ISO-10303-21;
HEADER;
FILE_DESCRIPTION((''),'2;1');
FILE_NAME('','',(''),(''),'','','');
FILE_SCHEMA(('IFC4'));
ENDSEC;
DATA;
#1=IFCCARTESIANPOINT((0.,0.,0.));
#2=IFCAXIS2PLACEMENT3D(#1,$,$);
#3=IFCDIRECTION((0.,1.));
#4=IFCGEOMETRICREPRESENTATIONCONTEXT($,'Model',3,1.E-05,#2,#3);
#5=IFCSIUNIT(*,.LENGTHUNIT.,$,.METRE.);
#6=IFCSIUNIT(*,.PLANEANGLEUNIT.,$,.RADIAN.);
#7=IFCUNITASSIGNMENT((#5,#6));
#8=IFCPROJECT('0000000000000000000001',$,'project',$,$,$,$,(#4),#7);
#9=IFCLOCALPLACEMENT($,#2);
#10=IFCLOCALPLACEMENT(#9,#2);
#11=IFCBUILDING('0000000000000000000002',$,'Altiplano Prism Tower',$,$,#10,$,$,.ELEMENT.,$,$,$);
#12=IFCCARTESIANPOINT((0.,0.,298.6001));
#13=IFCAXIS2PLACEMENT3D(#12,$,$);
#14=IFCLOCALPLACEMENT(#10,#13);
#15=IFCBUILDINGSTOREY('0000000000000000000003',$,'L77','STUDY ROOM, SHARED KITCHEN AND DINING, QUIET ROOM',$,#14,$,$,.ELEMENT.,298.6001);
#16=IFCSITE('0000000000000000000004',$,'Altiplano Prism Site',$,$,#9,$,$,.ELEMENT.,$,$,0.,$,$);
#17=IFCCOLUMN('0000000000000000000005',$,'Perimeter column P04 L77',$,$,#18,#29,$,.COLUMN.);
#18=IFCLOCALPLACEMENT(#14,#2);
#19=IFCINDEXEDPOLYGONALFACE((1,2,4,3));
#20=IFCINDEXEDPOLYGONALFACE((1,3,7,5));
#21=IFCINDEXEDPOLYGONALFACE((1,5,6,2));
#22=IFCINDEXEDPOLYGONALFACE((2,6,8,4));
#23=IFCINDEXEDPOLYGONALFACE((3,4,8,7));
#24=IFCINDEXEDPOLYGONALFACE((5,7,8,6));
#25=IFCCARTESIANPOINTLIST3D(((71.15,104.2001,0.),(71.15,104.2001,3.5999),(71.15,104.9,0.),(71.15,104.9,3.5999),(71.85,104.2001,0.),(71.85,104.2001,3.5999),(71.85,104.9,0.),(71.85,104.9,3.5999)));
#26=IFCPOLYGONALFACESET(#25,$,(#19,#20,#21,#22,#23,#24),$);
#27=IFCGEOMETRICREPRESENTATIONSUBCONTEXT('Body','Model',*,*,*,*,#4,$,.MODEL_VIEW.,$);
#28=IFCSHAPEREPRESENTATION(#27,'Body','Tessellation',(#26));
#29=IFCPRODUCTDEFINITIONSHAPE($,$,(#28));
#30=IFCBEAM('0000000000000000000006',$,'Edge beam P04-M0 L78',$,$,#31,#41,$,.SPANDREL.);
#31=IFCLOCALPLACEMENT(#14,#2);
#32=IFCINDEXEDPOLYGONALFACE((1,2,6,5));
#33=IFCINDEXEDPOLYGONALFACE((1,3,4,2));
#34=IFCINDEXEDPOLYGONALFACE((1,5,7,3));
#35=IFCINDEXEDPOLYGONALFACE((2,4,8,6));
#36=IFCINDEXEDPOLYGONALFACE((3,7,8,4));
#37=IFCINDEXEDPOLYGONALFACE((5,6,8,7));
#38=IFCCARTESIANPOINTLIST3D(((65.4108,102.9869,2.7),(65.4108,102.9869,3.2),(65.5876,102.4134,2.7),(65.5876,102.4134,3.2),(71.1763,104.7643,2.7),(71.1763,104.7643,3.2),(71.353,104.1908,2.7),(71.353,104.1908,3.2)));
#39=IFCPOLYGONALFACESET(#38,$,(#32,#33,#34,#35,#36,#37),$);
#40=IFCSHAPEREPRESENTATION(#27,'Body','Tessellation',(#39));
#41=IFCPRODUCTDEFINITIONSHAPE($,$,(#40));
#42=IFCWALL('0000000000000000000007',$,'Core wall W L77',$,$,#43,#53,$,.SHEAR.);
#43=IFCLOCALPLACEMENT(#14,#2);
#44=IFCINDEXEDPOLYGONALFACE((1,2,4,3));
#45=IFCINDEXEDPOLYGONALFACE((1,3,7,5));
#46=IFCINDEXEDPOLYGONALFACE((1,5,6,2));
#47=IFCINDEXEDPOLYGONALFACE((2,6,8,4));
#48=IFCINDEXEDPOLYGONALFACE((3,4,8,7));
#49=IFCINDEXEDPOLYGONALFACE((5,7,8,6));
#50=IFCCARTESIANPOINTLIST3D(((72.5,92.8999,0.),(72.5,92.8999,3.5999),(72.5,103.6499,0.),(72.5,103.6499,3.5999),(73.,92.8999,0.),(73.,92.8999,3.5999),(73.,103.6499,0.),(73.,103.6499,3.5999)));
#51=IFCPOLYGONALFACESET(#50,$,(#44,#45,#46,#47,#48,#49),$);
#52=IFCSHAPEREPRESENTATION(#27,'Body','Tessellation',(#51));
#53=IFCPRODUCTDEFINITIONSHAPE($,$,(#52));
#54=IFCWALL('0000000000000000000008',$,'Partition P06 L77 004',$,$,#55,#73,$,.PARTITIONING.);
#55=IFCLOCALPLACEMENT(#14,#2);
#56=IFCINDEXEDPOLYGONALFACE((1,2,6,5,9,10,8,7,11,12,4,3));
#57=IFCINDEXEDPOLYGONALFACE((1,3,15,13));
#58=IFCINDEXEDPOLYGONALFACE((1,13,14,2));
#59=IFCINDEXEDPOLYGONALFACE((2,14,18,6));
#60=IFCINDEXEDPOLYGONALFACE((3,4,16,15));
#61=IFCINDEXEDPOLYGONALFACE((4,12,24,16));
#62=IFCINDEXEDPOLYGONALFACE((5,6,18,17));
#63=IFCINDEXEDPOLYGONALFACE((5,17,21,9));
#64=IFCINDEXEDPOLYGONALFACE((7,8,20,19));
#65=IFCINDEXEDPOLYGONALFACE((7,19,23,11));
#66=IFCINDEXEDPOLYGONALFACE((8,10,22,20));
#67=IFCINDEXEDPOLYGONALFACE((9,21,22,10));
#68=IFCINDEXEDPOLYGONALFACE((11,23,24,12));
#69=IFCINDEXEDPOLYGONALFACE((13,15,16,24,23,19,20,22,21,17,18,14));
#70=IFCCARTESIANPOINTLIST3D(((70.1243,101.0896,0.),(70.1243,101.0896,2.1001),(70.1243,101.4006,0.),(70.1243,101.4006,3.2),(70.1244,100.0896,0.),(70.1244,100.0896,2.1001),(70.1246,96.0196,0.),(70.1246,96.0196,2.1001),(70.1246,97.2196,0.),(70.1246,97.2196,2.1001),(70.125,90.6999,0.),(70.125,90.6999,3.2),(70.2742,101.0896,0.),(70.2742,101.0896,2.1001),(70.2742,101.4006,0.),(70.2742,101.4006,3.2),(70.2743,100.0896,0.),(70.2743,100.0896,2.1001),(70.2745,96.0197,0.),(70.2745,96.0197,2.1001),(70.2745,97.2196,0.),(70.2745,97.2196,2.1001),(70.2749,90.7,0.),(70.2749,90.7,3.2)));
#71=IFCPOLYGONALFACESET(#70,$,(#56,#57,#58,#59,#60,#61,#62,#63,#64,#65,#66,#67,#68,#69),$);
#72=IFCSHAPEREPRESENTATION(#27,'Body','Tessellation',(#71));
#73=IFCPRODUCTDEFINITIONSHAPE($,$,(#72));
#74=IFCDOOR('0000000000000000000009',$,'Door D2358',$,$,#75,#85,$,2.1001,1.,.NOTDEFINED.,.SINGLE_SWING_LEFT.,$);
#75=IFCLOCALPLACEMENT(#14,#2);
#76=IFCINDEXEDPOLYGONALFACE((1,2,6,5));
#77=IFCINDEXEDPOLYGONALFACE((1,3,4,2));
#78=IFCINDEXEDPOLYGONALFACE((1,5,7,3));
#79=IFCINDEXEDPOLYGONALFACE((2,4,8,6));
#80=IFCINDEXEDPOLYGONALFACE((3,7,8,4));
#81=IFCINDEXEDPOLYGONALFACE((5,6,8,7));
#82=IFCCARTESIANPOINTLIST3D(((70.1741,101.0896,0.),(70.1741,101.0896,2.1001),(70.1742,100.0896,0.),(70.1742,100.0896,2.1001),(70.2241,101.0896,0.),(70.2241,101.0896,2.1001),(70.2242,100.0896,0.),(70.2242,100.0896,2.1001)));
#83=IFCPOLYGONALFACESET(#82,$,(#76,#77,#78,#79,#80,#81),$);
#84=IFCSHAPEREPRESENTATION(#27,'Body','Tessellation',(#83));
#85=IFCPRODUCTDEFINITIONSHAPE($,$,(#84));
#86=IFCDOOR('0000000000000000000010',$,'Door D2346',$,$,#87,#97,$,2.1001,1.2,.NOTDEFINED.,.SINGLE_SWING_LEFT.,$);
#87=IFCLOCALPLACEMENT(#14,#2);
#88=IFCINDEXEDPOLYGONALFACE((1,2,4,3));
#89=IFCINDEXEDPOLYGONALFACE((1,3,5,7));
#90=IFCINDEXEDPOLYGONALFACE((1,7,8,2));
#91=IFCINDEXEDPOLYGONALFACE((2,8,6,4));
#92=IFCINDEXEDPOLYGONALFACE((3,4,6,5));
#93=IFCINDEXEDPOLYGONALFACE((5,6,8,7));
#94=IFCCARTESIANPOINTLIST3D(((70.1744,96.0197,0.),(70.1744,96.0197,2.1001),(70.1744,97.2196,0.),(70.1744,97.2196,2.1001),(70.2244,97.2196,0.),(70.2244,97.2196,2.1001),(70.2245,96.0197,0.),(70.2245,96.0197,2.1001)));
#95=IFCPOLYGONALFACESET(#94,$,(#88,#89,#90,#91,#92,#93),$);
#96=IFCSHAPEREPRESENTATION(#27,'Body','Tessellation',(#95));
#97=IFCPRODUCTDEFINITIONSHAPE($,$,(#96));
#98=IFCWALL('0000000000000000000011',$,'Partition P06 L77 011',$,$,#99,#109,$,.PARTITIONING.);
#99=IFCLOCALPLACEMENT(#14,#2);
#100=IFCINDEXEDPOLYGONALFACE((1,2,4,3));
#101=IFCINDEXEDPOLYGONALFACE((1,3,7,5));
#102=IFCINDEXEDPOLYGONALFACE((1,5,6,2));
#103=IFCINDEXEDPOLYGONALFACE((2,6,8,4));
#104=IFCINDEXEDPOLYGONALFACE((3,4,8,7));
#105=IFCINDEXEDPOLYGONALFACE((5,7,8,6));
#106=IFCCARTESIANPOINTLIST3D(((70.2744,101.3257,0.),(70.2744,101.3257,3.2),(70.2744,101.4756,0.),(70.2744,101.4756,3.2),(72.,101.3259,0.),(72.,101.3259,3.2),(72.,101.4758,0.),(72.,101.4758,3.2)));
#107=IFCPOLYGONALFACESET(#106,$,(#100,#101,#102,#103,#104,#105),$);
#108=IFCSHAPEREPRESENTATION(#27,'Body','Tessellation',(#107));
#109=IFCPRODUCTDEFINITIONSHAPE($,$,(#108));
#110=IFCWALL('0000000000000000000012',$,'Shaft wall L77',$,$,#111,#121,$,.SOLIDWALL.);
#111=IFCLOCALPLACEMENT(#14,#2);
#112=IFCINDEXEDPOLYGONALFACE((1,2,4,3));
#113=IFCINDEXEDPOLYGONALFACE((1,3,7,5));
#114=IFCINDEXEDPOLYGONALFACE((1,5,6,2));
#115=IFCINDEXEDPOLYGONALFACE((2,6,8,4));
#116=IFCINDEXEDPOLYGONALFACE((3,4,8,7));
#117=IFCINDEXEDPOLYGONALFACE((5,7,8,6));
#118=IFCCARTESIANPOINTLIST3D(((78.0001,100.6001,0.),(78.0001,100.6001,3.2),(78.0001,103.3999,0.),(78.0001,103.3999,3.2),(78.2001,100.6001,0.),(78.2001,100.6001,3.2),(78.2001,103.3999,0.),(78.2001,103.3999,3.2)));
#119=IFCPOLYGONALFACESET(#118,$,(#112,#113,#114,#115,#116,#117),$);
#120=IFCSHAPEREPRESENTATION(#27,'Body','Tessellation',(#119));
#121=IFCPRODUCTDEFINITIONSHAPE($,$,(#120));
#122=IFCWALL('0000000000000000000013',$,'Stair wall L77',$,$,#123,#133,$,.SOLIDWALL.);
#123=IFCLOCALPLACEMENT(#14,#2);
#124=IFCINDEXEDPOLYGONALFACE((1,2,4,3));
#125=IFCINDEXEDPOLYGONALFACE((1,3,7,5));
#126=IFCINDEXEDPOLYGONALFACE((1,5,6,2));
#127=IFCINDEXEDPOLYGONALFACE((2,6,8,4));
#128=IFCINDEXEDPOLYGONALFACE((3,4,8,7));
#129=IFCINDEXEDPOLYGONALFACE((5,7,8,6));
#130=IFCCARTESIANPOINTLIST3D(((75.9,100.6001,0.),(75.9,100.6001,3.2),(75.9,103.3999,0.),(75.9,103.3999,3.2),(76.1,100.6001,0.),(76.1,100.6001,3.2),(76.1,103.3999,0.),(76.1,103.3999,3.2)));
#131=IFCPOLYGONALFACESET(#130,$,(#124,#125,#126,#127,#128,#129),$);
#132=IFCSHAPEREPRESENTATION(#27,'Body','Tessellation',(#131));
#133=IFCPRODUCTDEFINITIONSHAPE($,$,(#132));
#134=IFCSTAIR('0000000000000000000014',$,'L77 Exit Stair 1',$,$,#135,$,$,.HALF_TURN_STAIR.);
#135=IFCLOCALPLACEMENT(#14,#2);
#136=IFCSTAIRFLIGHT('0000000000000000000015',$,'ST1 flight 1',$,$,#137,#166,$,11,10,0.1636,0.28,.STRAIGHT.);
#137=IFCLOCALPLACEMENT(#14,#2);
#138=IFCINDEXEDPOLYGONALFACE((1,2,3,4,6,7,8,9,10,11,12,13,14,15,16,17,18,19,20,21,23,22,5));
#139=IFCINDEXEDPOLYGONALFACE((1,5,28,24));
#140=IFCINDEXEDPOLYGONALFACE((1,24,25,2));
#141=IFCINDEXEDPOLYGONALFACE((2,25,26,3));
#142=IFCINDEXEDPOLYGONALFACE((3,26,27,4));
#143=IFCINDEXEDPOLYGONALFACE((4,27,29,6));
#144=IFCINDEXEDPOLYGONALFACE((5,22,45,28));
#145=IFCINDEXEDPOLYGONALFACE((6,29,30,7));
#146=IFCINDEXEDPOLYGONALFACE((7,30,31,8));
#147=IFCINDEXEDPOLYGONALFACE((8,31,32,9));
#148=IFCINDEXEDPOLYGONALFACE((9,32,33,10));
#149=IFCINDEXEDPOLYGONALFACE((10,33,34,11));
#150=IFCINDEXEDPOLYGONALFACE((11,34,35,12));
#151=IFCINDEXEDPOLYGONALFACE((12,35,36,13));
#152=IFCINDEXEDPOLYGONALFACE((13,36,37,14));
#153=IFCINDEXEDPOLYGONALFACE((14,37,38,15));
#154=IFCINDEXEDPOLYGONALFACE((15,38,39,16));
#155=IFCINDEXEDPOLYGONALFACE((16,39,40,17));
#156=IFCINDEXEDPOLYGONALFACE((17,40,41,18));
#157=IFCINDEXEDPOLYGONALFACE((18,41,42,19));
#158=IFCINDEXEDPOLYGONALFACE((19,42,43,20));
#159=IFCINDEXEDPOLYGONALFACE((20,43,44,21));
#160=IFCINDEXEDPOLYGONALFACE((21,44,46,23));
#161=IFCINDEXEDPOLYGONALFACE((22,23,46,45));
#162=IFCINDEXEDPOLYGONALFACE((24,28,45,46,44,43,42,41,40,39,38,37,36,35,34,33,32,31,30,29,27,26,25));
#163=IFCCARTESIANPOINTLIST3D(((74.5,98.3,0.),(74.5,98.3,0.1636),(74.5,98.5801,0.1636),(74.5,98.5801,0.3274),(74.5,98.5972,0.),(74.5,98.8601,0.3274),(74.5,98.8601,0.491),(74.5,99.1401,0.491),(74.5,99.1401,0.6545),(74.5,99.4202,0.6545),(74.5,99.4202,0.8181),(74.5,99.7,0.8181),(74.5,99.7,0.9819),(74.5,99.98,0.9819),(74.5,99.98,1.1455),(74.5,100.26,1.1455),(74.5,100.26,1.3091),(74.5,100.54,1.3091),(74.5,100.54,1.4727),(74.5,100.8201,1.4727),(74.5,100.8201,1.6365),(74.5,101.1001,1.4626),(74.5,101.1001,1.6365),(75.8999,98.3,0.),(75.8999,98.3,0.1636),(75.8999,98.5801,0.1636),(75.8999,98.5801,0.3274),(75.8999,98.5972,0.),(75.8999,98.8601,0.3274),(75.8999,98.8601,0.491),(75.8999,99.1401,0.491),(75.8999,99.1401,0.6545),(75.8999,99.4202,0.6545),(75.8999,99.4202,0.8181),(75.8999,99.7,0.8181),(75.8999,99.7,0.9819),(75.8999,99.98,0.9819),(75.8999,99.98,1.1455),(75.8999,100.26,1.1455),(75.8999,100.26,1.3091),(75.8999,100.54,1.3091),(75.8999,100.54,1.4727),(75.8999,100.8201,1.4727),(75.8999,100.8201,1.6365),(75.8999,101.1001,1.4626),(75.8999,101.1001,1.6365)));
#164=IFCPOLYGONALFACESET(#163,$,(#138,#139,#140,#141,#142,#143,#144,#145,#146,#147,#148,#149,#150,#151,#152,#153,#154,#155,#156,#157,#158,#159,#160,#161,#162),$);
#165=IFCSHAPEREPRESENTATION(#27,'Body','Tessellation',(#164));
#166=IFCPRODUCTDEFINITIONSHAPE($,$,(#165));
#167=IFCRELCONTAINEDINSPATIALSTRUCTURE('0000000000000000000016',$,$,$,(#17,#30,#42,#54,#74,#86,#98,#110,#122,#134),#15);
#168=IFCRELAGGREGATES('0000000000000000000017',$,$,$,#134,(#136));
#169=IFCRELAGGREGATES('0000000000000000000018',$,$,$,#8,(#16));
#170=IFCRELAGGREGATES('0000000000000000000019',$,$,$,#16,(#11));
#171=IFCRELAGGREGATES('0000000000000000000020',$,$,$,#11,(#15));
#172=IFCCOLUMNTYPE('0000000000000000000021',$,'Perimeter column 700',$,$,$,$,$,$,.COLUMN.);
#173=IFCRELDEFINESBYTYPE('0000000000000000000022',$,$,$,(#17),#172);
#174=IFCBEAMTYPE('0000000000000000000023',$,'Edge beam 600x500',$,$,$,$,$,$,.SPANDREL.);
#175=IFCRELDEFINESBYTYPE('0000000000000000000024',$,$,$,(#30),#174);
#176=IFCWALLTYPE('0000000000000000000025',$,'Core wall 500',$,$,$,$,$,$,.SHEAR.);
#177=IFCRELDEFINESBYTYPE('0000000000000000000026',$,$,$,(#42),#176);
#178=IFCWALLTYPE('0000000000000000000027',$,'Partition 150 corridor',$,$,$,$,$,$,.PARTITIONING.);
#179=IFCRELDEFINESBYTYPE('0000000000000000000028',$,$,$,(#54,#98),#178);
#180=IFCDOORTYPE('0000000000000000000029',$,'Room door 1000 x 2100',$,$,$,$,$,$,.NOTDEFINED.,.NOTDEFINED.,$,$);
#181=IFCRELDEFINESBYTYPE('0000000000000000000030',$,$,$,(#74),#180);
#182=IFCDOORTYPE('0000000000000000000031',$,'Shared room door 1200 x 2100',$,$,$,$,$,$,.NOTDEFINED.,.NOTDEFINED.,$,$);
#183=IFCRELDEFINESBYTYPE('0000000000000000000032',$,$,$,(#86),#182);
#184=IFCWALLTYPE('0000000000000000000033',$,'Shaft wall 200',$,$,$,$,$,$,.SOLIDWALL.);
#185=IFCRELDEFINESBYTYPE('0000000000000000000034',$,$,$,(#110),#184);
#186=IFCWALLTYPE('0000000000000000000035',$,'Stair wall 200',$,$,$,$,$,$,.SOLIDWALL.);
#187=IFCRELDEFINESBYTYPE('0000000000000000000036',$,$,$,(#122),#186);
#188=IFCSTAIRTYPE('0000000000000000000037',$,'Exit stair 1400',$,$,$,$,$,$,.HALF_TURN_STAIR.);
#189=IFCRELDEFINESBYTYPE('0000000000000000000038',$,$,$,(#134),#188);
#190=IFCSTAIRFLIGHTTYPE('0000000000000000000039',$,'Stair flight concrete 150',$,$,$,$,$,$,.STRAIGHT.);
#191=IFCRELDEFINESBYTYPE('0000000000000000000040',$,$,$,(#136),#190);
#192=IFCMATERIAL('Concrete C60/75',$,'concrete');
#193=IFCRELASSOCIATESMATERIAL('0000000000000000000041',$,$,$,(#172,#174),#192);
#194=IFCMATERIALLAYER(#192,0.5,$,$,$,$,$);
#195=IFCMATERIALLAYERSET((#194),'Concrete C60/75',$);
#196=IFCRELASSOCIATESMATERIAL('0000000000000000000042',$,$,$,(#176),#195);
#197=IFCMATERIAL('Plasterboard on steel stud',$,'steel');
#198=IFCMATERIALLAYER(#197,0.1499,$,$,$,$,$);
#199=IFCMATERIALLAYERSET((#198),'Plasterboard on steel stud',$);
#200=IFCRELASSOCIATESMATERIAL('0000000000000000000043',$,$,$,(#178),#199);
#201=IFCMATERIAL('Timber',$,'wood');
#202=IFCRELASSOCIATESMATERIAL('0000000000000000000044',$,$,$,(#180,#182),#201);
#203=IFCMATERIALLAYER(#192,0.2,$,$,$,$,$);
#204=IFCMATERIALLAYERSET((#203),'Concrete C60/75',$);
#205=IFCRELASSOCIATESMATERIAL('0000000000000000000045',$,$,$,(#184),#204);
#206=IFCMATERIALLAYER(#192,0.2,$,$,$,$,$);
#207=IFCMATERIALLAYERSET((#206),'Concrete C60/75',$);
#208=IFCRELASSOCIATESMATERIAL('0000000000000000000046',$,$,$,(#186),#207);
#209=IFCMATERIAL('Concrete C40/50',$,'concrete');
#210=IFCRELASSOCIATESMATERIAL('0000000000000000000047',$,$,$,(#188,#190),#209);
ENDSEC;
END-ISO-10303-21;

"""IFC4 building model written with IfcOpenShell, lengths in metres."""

from ifc_helpers import new_model, si_unit, direction, frame, frame_2d, origin, origin_2d, place, context, subcontext, project, spatial, polyline, rectangle, outline, extrude, material, layer, layer_set, material_profile, profile_set, type_object, element, fill, aggregate, save


model = new_model("IFC4")

# Units and contexts
model_context = context("Model", 3, precision=1e-05, world=origin(), true_north=direction((0.0, 1.0)))
body_context = subcontext(model_context, "Body", "Model", "MODEL_VIEW")
ifc_project = project(units=[si_unit("LENGTHUNIT", "METRE"), si_unit("PLANEANGLEUNIT", "RADIAN")], contexts=[model_context])

# Site, building, storey
site_placement = place(None, origin())
site = spatial("IfcSite", under=ifc_project, at=site_placement, Name="Altiplano Prism Site", CompositionType="ELEMENT", RefElevation=0.0)
building_placement = place(site_placement, origin())
building = spatial("IfcBuilding", under=site, at=building_placement, Name="Altiplano Prism Tower", CompositionType="ELEMENT")
storey_placement = place(building_placement, frame((0.0, 0.0, 298.6001)))
storey = spatial("IfcBuildingStorey", under=building, at=storey_placement, Name="L77", Description="STUDY ROOM, SHARED KITCHEN AND DINING, QUIET ROOM", CompositionType="ELEMENT", Elevation=298.6001)

# Column
ifc_material_1 = material(Name="Concrete C60/75", Category="concrete")
ifc_material_profile_1 = material_profile(ifc_material_1, rectangle(XDim=0.7, YDim=0.7, at=origin_2d()), Name="Perimeter column 700")
ifc_profile_set_1 = profile_set([ifc_material_profile_1], Name="Concrete C60/75")
column_type = type_object("IfcColumnType", Name="Perimeter column 700", PredefinedType="COLUMN", material=ifc_profile_set_1)
column_placement = place(storey_placement, frame((71.5, 104.55, 0.0), z_axis=(0.0, 0.0, 1.0), x_axis=(1.0, 0.0, 0.0)))
element("IfcColumn", 1, at=column_placement, inside=storey, type_object=column_type, Name="Perimeter column P04 L77", PredefinedType="COLUMN", context=body_context, shape_type="SweptSolid", body=[
    extrude(rectangle(XDim=0.7, YDim=0.7, at=origin_2d()), origin(), (0.0, 0.0, 1.0), 3.5999),
])

# Beam
ifc_material_profile_2 = material_profile(ifc_material_1, rectangle(XDim=0.6001, YDim=0.5, at=origin_2d()), Name="Edge beam 600x500")
ifc_profile_set_2 = profile_set([ifc_material_profile_2], Name="Concrete C60/75")
beam_type = type_object("IfcBeamType", Name="Edge beam 600x500", PredefinedType="SPANDREL", material=ifc_profile_set_2)
beam_placement = place(storey_placement, frame((71.2646, 104.4775, 2.95), z_axis=(-0.955621, -0.294598, 0.0), x_axis=(0.294598, -0.955621, 0.0)))
element("IfcBeam", 2, at=beam_placement, inside=storey, type_object=beam_type, Name="Edge beam P04-M0 L78", PredefinedType="SPANDREL", context=body_context, shape_type="SweptSolid", body=[
    extrude(rectangle(XDim=0.6001, YDim=0.5, at=origin_2d()), origin(), (0.0, 0.0, 1.0), 6.0332),
])

# Wall
ifc_layer_1 = layer(ifc_material_1, 0.5)
ifc_layer_set_1 = layer_set([ifc_layer_1], Name="Concrete C60/75")
wall_type_1 = type_object("IfcWallType", Name="Core wall 500", PredefinedType="SHEAR", material=ifc_layer_set_1)
wall_1_placement = place(storey_placement, frame((72.75, 103.6499, 0.0), z_axis=(0.0, 0.0, 1.0), x_axis=(0.0, -1.0, 0.0)))
element("IfcWall", 3, at=wall_1_placement, inside=storey, type_object=wall_type_1, Name="Core wall W L77", PredefinedType="SHEAR", context=body_context, shape_type="SweptSolid", body=[
    extrude(rectangle(XDim=10.75, YDim=0.5, at=frame_2d((5.375, 0.0))), origin(), (0.0, 0.0, 1.0), 3.5999),
])

# Wall, openings, doors
ifc_material_2 = material(Name="Plasterboard on steel stud", Category="steel")
ifc_layer_2 = layer(ifc_material_2, 0.1499)
ifc_layer_set_2 = layer_set([ifc_layer_2], Name="Plasterboard on steel stud")
wall_type_2 = type_object("IfcWallType", Name="Partition 150 corridor", PredefinedType="PARTITIONING", material=ifc_layer_set_2)
wall_2_placement = place(storey_placement, frame((70.1992, 101.4006, 0.0), z_axis=(0.0, 0.0, 1.0), x_axis=(0.000068, -1.0, 0.0)))
wall_2 = element("IfcWall", 4, at=wall_2_placement, inside=storey, type_object=wall_type_2, Name="Partition P06 L77 004", PredefinedType="PARTITIONING", context=body_context, shape_type="SweptSolid", body=[
    extrude(rectangle(XDim=10.7007, YDim=0.1499, at=frame_2d((5.3503, 0.0))), origin(), (0.0, 0.0, 1.0), 3.2),
])
opening_1_placement = place(wall_2_placement, frame((4.1809, 0.0, 0.0)))
opening_1 = element("IfcOpeningElement", 5, at=opening_1_placement, cuts=wall_2, PredefinedType="OPENING", context=body_context, shape_type="SweptSolid", body=[
    extrude(rectangle(XDim=1.2, YDim=2.1001, at=frame_2d((0.6001, 1.05))), frame((0.0, 0.0854, 0.0), z_axis=(0.0, -1.0, 0.0), x_axis=(1.0, 0.0, 0.0)), (0.0, 0.0, 1.0), 0.1709),
])
opening_2_placement = place(wall_2_placement, frame((0.311, 0.0, 0.0)))
opening_2 = element("IfcOpeningElement", 6, at=opening_2_placement, cuts=wall_2, PredefinedType="OPENING", context=body_context, shape_type="SweptSolid", body=[
    extrude(rectangle(XDim=1.0, YDim=2.1001, at=frame_2d((0.5, 1.05))), frame((0.0, 0.0854, 0.0), z_axis=(0.0, -1.0, 0.0), x_axis=(1.0, 0.0, 0.0)), (0.0, 0.0, 1.0), 0.1709),
])
ifc_material_3 = material(Name="Timber", Category="wood")
door_type_1 = type_object("IfcDoorType", Name="Room door 1000 x 2100", OperationType="NOTDEFINED", PredefinedType="NOTDEFINED", material=ifc_material_3)
door_1_placement = place(opening_2_placement, origin())
door_1 = element("IfcDoor", 7, at=door_1_placement, inside=storey, type_object=door_type_1, Name="Door D2358", OperationType="SINGLE_SWING_LEFT", OverallHeight=2.1001, OverallWidth=1.0, PredefinedType="NOTDEFINED", context=body_context, shape_type="SweptSolid", body=[
    extrude(rectangle(XDim=1.0, YDim=2.1001, at=frame_2d((0.5, 1.05))), frame((0.0, 0.0249, 0.0), z_axis=(0.0, -1.0, 0.0), x_axis=(1.0, 0.0, 0.0)), (0.0, 0.0, 1.0), 0.05),
])
fill(opening_2, door_1)
door_type_2 = type_object("IfcDoorType", Name="Shared room door 1200 x 2100", OperationType="NOTDEFINED", PredefinedType="NOTDEFINED", material=ifc_material_3)
door_2_placement = place(opening_1_placement, origin())
door_2 = element("IfcDoor", 8, at=door_2_placement, inside=storey, type_object=door_type_2, Name="Door D2346", OperationType="SINGLE_SWING_LEFT", OverallHeight=2.1001, OverallWidth=1.2, PredefinedType="NOTDEFINED", context=body_context, shape_type="SweptSolid", body=[
    extrude(rectangle(XDim=1.2, YDim=2.1001, at=frame_2d((0.6001, 1.05))), frame((0.0, 0.0249, 0.0), z_axis=(0.0, -1.0, 0.0), x_axis=(1.0, 0.0, 0.0)), (0.0, 0.0, 1.0), 0.05),
])
fill(opening_1, door_2)

# Walls
wall_3_placement = place(storey_placement, frame((72.0, 101.4009, 0.0), z_axis=(0.0, 0.0, 1.0), x_axis=(-1.0, -0.000141, 0.0)))
element("IfcWall", 9, at=wall_3_placement, inside=storey, type_object=wall_type_2, Name="Partition P06 L77 011", PredefinedType="PARTITIONING", context=body_context, shape_type="SweptSolid", body=[
    extrude(rectangle(XDim=1.7256, YDim=0.1499, at=frame_2d((0.8628, 0.0))), origin(), (0.0, 0.0, 1.0), 3.2),
])
ifc_layer_3 = layer(ifc_material_1, 0.2)
ifc_layer_set_3 = layer_set([ifc_layer_3], Name="Concrete C60/75")
wall_type_3 = type_object("IfcWallType", Name="Shaft wall 200", PredefinedType="SOLIDWALL", material=ifc_layer_set_3)
wall_4_placement = place(storey_placement, frame((78.1001, 100.6001, 0.0), z_axis=(0.0, 0.0, 1.0), x_axis=(0.0, 1.0, 0.0)))
element("IfcWall", 10, at=wall_4_placement, inside=storey, type_object=wall_type_3, Name="Shaft wall L77", PredefinedType="SOLIDWALL", context=body_context, shape_type="SweptSolid", body=[
    extrude(rectangle(XDim=2.7998, YDim=0.2, at=frame_2d((1.3999, 0.0))), origin(), (0.0, 0.0, 1.0), 3.2),
])

# Shared definitions
ifc_layer_4 = layer(ifc_material_1, 0.2)
ifc_layer_set_4 = layer_set([ifc_layer_4], Name="Concrete C60/75")
wall_type_4 = type_object("IfcWallType", Name="Stair wall 200", PredefinedType="SOLIDWALL", material=ifc_layer_set_4)

# Wall
wall_5_placement = place(storey_placement, frame((76.0, 100.6001, 0.0), z_axis=(0.0, 0.0, 1.0), x_axis=(0.0, 1.0, 0.0)))
element("IfcWall", 11, at=wall_5_placement, inside=storey, type_object=wall_type_4, Name="Stair wall L77", PredefinedType="SOLIDWALL", context=body_context, shape_type="SweptSolid", body=[
    extrude(rectangle(XDim=2.7998, YDim=0.2, at=frame_2d((1.3999, 0.0))), origin(), (0.0, 0.0, 1.0), 3.2),
])

# Stair, stair flight
ifc_material_4 = material(Name="Concrete C40/50", Category="concrete")
stair_type = type_object("IfcStairType", Name="Exit stair 1400", PredefinedType="HALF_TURN_STAIR", material=ifc_material_4)
stair_placement = place(storey_placement, origin())
stair = element("IfcStair", 12, at=stair_placement, inside=storey, type_object=stair_type, Name="L77 Exit Stair 1", PredefinedType="HALF_TURN_STAIR")
stair_flight_type = type_object("IfcStairFlightType", Name="Stair flight concrete 150", PredefinedType="STRAIGHT", material=ifc_material_4)
stair_flight_1_placement = place(storey_placement, frame((75.2, 98.3, 0.0), z_axis=(0.0, 0.0, 1.0), x_axis=(0.0, 1.0, 0.0)))
stair_flight_1 = element("IfcStairFlight", 13, at=stair_flight_1_placement, type_object=stair_flight_type, Name="ST1 flight 1", NumberOfRisers=11, NumberOfTreads=10, PredefinedType="STRAIGHT", RiserHeight=0.1636, TreadLength=0.28, context=body_context, shape_type="SweptSolid", body=[
    extrude(outline(polyline([(0.0, 0.0), (0.0, 0.1636), (0.28, 0.1636), (0.28, 0.3274), (0.5601, 0.3274), (0.5601, 0.491), (0.8401, 0.491), (0.8401, 0.6545), (1.1201, 0.6545), (1.1201, 0.8181), (1.3999, 0.8181), (1.3999, 0.9819), (1.6799, 0.9819), (1.6799, 1.1455), (1.96, 1.1455), (1.96, 1.3091), (2.24, 1.3091), (2.24, 1.4727), (2.52, 1.4727), (2.52, 1.6365), (2.8, 1.6365), (2.8, 1.8), (2.8, 1.4626), (0.2971, 0.0), (0.0, 0.0)])), frame((0.0, 0.7, 0.0), z_axis=(0.0, -1.0, 0.0), x_axis=(1.0, 0.0, 0.0)), (0.0, 0.0, 1.0), 1.3999),
])
aggregate(stair, [stair_flight_1])

save(model, "model.ifc")
